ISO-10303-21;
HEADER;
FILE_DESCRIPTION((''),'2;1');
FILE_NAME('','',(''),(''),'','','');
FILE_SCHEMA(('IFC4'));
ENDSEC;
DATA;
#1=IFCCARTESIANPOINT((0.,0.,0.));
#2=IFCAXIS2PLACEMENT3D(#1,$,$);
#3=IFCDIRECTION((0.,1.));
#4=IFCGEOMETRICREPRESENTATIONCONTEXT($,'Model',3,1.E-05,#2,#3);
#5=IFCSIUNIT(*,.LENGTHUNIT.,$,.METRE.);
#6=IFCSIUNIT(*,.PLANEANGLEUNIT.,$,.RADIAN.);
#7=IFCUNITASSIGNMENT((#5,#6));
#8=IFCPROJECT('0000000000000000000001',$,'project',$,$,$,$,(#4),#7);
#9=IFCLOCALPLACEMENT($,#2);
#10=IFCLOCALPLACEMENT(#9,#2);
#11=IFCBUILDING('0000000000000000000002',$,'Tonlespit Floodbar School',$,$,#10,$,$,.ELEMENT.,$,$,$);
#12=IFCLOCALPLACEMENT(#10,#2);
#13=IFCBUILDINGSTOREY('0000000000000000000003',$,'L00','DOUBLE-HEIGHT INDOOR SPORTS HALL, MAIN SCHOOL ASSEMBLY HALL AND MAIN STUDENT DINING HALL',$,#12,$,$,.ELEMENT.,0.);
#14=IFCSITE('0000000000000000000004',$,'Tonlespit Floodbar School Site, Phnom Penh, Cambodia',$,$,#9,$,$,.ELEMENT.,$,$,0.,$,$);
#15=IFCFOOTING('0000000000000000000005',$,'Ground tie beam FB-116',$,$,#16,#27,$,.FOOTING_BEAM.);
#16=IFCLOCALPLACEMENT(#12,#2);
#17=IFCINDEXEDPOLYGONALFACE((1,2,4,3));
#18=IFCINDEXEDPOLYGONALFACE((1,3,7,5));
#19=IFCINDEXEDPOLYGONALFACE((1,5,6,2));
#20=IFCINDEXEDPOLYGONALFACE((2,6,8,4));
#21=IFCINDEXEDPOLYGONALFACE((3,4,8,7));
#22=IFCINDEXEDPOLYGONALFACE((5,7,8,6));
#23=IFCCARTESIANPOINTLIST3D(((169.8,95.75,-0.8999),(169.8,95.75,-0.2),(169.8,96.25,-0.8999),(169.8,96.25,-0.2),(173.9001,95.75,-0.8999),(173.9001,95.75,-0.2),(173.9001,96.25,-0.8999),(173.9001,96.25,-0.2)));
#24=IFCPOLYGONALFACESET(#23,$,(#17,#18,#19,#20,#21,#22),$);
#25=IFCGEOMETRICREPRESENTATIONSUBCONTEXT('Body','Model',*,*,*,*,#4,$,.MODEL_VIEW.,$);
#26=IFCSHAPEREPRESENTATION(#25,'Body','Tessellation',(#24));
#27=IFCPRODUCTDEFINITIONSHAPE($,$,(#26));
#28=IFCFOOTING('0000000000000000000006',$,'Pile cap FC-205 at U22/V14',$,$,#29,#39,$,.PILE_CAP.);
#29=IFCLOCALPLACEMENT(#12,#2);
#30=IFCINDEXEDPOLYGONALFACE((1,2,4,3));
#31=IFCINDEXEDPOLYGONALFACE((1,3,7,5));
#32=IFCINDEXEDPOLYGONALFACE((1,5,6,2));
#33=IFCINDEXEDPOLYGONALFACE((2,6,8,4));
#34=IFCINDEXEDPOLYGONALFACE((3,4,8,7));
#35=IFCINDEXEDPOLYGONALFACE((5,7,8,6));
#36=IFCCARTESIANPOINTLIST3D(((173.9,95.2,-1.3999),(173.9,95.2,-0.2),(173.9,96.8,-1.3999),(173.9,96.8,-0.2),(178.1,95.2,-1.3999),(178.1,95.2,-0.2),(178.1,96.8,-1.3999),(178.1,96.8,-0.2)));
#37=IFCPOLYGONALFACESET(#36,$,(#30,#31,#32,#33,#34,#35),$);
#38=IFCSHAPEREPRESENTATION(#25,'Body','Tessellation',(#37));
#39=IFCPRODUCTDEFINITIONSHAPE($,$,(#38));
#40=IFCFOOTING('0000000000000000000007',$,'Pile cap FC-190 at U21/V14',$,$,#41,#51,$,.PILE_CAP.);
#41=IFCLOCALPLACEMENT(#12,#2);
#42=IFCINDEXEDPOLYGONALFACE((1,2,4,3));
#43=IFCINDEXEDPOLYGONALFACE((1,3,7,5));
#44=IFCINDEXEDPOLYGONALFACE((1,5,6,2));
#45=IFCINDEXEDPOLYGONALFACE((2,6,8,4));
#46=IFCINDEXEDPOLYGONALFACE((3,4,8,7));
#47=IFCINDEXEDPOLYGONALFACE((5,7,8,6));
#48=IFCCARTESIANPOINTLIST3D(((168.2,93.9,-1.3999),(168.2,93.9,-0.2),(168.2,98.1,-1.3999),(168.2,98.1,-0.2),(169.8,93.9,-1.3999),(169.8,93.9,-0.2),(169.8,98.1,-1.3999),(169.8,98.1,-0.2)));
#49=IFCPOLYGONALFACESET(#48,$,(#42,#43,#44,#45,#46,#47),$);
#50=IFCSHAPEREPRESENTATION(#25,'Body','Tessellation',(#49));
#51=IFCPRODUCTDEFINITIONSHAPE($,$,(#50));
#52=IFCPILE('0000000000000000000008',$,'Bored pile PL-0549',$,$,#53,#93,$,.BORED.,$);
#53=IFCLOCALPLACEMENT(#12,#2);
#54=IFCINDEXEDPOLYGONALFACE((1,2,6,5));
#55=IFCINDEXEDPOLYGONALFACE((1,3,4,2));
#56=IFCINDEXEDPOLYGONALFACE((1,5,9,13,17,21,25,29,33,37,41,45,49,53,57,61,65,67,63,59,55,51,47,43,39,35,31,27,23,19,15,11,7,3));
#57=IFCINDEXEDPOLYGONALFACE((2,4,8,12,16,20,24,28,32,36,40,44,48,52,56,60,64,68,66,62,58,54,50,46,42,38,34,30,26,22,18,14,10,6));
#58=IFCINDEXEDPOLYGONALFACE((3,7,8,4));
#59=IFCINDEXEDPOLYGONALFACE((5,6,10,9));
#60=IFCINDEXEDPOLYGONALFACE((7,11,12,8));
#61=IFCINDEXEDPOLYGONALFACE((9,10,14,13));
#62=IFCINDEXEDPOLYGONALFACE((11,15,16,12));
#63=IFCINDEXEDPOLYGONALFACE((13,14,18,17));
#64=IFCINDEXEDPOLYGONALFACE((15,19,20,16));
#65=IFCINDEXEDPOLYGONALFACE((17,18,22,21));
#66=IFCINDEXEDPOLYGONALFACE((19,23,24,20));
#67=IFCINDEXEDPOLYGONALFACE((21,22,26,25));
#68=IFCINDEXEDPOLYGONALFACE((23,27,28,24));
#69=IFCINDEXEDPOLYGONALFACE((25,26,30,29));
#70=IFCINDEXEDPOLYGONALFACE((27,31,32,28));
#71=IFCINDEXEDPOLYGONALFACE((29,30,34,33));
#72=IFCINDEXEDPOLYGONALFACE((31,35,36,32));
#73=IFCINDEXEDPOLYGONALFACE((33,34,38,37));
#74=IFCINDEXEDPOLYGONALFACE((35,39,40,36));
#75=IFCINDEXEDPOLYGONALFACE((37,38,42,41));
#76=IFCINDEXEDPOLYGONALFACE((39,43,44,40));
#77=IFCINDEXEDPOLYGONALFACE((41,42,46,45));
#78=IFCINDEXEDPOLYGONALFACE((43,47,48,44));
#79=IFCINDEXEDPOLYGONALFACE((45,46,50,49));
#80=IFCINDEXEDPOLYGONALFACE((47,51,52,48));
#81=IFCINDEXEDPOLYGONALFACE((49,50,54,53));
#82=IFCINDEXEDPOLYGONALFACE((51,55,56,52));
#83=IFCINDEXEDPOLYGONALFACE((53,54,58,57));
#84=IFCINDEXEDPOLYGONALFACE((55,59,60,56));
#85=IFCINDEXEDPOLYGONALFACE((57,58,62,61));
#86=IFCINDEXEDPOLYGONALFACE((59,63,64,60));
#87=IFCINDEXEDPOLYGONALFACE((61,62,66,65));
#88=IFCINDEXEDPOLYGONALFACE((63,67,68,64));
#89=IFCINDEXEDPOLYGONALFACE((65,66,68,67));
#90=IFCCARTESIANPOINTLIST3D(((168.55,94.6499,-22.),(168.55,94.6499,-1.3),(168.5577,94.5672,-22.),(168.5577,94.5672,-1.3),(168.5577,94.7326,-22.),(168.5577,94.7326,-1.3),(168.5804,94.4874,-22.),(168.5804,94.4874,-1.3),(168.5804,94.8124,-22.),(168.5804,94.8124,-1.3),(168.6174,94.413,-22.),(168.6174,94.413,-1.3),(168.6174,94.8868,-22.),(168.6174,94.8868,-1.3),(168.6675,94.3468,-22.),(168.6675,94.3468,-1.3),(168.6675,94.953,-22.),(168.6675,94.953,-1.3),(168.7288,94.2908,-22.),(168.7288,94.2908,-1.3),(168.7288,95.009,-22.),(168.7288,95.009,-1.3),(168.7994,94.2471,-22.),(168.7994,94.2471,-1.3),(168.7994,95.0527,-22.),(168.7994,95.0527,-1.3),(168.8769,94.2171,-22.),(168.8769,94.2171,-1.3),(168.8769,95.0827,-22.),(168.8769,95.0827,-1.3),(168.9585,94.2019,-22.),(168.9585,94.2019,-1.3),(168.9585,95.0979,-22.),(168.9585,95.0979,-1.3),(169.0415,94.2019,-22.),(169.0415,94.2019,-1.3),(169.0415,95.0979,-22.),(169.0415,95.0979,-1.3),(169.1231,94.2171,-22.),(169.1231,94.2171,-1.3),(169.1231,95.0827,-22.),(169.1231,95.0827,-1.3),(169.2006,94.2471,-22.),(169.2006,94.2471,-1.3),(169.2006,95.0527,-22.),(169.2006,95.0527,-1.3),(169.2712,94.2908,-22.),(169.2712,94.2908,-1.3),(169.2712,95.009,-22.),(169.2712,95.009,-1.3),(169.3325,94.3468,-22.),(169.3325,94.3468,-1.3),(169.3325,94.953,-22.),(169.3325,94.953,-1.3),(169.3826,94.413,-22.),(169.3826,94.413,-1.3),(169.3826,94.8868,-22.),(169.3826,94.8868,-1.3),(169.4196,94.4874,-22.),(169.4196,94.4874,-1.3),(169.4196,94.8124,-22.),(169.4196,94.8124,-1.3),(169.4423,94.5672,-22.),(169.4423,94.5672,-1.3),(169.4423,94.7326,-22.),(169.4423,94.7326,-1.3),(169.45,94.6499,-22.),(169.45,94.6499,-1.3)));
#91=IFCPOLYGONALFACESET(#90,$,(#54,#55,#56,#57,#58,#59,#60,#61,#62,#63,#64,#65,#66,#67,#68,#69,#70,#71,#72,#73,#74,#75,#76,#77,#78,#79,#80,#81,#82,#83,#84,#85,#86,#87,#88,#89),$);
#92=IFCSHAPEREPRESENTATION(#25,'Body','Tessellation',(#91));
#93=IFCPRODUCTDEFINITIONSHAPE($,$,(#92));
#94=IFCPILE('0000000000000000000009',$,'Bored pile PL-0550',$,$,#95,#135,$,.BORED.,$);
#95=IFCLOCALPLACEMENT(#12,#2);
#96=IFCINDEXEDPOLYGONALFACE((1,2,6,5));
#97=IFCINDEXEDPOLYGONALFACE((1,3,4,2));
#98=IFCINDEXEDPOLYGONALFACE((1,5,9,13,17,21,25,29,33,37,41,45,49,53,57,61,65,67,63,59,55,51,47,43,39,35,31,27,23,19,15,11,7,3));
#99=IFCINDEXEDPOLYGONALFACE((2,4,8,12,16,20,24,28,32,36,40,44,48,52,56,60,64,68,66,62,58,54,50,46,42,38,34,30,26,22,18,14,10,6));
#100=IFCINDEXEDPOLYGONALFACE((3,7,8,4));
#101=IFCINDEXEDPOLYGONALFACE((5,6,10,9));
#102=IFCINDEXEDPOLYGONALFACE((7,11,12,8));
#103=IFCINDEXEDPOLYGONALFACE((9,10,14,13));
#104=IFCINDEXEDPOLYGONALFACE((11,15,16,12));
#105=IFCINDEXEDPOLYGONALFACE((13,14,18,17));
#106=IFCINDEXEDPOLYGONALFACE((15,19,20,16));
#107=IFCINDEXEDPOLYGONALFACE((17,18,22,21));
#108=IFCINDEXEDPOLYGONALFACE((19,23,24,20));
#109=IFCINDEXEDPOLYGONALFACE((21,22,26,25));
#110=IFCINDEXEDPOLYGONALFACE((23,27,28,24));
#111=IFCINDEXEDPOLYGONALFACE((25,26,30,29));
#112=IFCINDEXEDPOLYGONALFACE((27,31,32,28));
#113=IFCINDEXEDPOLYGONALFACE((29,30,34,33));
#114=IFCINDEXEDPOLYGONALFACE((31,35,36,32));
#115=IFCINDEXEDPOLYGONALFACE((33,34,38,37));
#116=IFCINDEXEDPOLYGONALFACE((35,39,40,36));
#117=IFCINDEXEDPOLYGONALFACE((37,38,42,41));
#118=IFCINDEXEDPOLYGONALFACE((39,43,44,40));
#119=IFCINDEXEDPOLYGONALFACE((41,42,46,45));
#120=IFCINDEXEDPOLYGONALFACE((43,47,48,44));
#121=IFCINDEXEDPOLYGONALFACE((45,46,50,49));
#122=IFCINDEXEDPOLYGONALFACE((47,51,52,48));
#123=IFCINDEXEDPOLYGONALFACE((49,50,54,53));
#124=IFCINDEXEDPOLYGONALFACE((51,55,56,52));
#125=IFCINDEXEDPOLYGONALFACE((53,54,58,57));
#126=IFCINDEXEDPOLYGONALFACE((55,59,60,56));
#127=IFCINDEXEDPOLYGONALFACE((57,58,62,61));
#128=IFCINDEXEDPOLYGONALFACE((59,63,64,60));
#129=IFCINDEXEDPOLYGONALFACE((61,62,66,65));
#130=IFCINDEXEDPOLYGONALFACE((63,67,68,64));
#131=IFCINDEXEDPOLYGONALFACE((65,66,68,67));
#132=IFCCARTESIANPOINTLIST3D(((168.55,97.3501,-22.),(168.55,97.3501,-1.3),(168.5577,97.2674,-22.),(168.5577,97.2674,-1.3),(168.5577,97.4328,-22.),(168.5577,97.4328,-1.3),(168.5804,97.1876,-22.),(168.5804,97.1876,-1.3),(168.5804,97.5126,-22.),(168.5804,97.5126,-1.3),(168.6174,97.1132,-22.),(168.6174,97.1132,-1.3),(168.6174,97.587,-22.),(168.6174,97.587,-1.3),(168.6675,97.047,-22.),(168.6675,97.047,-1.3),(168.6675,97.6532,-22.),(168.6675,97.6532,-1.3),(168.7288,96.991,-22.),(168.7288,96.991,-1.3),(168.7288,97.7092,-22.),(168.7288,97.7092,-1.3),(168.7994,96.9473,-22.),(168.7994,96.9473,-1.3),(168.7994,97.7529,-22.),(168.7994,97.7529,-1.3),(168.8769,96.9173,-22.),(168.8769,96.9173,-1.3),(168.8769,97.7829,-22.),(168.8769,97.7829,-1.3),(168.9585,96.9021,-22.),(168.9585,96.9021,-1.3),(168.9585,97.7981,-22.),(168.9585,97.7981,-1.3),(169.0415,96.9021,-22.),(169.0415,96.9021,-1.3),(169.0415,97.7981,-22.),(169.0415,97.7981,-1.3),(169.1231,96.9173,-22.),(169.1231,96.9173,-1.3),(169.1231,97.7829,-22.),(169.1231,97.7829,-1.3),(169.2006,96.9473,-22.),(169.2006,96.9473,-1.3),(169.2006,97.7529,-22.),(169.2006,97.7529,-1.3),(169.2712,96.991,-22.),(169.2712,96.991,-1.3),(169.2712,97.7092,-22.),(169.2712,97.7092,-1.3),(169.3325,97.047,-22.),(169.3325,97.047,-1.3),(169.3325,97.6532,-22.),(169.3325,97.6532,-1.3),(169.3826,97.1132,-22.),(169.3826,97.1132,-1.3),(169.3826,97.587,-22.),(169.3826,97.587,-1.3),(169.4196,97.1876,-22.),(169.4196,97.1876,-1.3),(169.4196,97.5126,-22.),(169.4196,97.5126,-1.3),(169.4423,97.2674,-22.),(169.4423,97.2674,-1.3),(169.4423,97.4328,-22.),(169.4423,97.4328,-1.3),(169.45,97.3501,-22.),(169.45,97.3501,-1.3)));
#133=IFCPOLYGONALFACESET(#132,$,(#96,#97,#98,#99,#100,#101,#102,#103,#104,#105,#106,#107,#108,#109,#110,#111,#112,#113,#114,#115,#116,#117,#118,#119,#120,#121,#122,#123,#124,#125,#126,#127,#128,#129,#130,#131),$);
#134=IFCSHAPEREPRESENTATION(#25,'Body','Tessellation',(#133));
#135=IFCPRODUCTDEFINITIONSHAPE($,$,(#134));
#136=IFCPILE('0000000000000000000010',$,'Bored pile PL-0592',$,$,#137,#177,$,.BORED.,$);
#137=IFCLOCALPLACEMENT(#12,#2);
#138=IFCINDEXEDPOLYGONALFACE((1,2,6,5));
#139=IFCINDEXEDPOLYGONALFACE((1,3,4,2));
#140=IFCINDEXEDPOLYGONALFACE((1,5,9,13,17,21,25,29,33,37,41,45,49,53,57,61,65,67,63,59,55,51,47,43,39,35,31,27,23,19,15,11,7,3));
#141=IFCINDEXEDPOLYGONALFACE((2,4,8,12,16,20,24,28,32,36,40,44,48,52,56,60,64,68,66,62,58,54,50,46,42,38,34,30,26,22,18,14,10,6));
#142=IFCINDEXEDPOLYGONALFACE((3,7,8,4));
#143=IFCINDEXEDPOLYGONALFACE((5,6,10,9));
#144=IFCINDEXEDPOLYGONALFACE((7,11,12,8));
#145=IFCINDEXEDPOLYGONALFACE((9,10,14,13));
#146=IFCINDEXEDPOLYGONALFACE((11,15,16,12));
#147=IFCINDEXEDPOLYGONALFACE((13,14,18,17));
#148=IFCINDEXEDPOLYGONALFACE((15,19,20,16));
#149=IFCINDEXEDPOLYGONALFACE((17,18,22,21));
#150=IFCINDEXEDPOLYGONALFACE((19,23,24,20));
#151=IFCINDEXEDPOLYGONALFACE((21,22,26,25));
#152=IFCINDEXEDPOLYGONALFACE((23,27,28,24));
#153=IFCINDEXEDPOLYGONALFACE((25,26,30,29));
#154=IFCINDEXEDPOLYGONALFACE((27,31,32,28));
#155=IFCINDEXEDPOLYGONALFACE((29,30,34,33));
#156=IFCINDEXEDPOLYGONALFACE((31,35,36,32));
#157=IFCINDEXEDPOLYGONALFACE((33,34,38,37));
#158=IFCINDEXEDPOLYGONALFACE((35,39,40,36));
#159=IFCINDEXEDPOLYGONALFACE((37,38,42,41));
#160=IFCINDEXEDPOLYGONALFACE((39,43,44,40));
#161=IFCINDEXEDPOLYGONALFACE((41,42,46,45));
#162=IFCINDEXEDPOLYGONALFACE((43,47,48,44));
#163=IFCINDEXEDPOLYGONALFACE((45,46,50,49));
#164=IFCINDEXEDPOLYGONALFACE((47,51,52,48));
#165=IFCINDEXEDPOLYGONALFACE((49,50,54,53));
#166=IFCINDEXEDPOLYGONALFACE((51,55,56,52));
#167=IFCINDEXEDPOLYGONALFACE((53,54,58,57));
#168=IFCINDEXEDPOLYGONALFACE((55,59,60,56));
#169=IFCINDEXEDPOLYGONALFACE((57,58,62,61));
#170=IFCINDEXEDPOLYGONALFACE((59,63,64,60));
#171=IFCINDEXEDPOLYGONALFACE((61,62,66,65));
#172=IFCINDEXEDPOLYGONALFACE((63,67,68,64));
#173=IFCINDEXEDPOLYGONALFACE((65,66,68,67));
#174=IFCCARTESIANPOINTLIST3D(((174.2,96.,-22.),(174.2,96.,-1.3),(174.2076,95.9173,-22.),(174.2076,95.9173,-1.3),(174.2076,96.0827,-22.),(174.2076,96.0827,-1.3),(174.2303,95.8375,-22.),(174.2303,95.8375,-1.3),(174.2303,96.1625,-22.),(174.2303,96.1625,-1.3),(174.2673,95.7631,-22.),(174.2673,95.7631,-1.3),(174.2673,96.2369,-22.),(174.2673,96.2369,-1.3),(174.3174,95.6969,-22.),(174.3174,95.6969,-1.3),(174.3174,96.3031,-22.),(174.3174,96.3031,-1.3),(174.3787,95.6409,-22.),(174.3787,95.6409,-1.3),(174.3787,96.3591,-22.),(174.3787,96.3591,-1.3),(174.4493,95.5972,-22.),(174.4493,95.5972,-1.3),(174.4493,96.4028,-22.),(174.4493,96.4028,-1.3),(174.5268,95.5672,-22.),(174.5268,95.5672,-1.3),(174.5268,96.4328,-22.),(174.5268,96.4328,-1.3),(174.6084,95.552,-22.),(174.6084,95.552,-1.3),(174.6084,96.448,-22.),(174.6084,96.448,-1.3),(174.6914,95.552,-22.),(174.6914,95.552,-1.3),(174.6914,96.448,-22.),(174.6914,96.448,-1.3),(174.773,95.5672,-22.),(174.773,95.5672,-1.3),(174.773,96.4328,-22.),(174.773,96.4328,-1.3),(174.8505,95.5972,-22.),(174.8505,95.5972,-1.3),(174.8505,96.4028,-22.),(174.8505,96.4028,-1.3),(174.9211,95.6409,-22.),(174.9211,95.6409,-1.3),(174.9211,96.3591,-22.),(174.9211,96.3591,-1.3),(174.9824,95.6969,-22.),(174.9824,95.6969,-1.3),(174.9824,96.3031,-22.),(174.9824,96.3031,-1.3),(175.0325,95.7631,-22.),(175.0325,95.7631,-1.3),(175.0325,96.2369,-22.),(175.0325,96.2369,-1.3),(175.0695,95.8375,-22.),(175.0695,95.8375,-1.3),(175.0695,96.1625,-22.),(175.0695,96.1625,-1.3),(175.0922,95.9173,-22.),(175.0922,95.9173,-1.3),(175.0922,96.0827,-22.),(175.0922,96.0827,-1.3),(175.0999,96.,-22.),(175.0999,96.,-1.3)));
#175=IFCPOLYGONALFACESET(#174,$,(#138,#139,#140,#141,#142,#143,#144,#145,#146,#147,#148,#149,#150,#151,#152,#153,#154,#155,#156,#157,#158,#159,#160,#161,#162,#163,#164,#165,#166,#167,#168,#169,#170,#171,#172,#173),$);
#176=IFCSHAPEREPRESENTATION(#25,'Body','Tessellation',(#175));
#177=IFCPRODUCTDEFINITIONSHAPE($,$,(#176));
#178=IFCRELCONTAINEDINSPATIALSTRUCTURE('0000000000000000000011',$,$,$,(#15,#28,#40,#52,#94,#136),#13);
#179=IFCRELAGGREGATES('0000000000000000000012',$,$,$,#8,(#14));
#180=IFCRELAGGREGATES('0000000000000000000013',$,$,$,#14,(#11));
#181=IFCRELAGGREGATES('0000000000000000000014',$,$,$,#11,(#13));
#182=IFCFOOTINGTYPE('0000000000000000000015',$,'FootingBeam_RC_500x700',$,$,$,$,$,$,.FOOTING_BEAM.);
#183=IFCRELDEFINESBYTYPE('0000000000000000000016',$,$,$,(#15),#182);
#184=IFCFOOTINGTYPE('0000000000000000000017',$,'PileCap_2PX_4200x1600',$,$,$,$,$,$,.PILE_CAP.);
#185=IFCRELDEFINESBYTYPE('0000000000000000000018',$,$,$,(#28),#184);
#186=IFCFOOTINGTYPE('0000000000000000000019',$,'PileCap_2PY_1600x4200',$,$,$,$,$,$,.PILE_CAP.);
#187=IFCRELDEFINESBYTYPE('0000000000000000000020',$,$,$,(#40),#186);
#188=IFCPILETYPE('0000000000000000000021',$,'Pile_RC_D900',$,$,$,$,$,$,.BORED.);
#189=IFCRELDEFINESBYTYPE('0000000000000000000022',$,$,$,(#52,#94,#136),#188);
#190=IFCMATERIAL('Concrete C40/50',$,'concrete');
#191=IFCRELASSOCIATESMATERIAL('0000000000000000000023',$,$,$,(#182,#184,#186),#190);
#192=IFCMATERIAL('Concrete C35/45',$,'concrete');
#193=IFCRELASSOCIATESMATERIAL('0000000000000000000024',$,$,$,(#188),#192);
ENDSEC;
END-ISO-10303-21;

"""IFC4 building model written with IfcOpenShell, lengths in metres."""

from ifc_helpers import new_model, si_unit, direction, frame, origin, origin_2d, place, context, subcontext, project, spatial, rectangle, circle, extrude, material, material_profile, profile_set, type_object, element, save


model = new_model("IFC4")

# Units and contexts
model_context = context("Model", 3, precision=1e-05, world=origin(), true_north=direction((0.0, 1.0)))
body_context = subcontext(model_context, "Body", "Model", "MODEL_VIEW")
ifc_project = project(units=[si_unit("LENGTHUNIT", "METRE"), si_unit("PLANEANGLEUNIT", "RADIAN")], contexts=[model_context])

# Site, building, storey
site_placement = place(None, origin())
site = spatial("IfcSite", under=ifc_project, at=site_placement, Name="Tonlespit Floodbar School Site, Phnom Penh, Cambodia", CompositionType="ELEMENT", RefElevation=0.0)
building_placement = place(site_placement, origin())
building = spatial("IfcBuilding", under=site, at=building_placement, Name="Tonlespit Floodbar School", CompositionType="ELEMENT")
storey_placement = place(building_placement, origin())
storey = spatial("IfcBuildingStorey", under=building, at=storey_placement, Name="L00", Description="DOUBLE-HEIGHT INDOOR SPORTS HALL, MAIN SCHOOL ASSEMBLY HALL AND MAIN STUDENT DINING HALL", CompositionType="ELEMENT", Elevation=0.0)

# Footings
ifc_material_1 = material(Name="Concrete C40/50", Category="concrete")
footing_type_1 = type_object("IfcFootingType", Name="FootingBeam_RC_500x700", PredefinedType="FOOTING_BEAM", material=ifc_material_1)
footing_1_placement = place(storey_placement, frame((171.8501, 96.0, -0.8999), z_axis=(0.0, 0.0, 1.0), x_axis=(1.0, 0.0, 0.0)))
element("IfcFooting", 1, at=footing_1_placement, inside=storey, type_object=footing_type_1, Name="Ground tie beam FB-116", PredefinedType="FOOTING_BEAM", context=body_context, shape_type="SweptSolid", body=[
    extrude(rectangle(XDim=4.1001, YDim=0.5, at=origin_2d()), origin(), (0.0, 0.0, 1.0), 0.7),
])
footing_type_2 = type_object("IfcFootingType", Name="PileCap_2PX_4200x1600", PredefinedType="PILE_CAP", material=ifc_material_1)
footing_2_placement = place(storey_placement, frame((176.0, 96.0, -1.3999), z_axis=(0.0, 0.0, 1.0), x_axis=(1.0, 0.0, 0.0)))
element("IfcFooting", 2, at=footing_2_placement, inside=storey, type_object=footing_type_2, Name="Pile cap FC-205 at U22/V14", PredefinedType="PILE_CAP", context=body_context, shape_type="SweptSolid", body=[
    extrude(rectangle(XDim=4.2, YDim=1.6001, at=origin_2d()), origin(), (0.0, 0.0, 1.0), 1.2),
])
footing_type_3 = type_object("IfcFootingType", Name="PileCap_2PY_1600x4200", PredefinedType="PILE_CAP", material=ifc_material_1)
footing_3_placement = place(storey_placement, frame((169.0, 96.0, -1.3999), z_axis=(0.0, 0.0, 1.0), x_axis=(1.0, 0.0, 0.0)))
element("IfcFooting", 3, at=footing_3_placement, inside=storey, type_object=footing_type_3, Name="Pile cap FC-190 at U21/V14", PredefinedType="PILE_CAP", context=body_context, shape_type="SweptSolid", body=[
    extrude(rectangle(XDim=1.6001, YDim=4.2, at=origin_2d()), origin(), (0.0, 0.0, 1.0), 1.2),
])

# Piles
ifc_material_2 = material(Name="Concrete C35/45", Category="concrete")
ifc_material_profile_1 = material_profile(ifc_material_2, circle(Radius=0.45, at=origin_2d()), Name="BP D900")
ifc_profile_set_1 = profile_set([ifc_material_profile_1], Name="Concrete C35/45")
pile_type = type_object("IfcPileType", Name="Pile_RC_D900", PredefinedType="BORED", material=ifc_profile_set_1)
for number, where, z_axis, x_axis, name in (
    (4, (169.0, 94.6499, -1.3), (0.0, 0.0, -1.0), (1.0, 0.0, 0.0), "Bored pile PL-0549"),
    (5, (169.0, 97.3501, -1.3), (0.0, 0.0, -1.0), (1.0, 0.0, 0.0), "Bored pile PL-0550"),
    (6, (174.6499, 96.0, -1.3), (0.0, 0.0, -1.0), (1.0, 0.0, 0.0), "Bored pile PL-0592"),
):
    element("IfcPile", number, at=place(storey_placement, frame(where, z_axis=z_axis, x_axis=x_axis)), inside=storey, type_object=pile_type, Name=name, PredefinedType="BORED", context=body_context, shape_type="SweptSolid", body=[
        extrude(circle(Radius=0.45, at=origin_2d()), origin(), (0.0, 0.0, 1.0), 20.7),
    ])

save(model, "model.ifc")
